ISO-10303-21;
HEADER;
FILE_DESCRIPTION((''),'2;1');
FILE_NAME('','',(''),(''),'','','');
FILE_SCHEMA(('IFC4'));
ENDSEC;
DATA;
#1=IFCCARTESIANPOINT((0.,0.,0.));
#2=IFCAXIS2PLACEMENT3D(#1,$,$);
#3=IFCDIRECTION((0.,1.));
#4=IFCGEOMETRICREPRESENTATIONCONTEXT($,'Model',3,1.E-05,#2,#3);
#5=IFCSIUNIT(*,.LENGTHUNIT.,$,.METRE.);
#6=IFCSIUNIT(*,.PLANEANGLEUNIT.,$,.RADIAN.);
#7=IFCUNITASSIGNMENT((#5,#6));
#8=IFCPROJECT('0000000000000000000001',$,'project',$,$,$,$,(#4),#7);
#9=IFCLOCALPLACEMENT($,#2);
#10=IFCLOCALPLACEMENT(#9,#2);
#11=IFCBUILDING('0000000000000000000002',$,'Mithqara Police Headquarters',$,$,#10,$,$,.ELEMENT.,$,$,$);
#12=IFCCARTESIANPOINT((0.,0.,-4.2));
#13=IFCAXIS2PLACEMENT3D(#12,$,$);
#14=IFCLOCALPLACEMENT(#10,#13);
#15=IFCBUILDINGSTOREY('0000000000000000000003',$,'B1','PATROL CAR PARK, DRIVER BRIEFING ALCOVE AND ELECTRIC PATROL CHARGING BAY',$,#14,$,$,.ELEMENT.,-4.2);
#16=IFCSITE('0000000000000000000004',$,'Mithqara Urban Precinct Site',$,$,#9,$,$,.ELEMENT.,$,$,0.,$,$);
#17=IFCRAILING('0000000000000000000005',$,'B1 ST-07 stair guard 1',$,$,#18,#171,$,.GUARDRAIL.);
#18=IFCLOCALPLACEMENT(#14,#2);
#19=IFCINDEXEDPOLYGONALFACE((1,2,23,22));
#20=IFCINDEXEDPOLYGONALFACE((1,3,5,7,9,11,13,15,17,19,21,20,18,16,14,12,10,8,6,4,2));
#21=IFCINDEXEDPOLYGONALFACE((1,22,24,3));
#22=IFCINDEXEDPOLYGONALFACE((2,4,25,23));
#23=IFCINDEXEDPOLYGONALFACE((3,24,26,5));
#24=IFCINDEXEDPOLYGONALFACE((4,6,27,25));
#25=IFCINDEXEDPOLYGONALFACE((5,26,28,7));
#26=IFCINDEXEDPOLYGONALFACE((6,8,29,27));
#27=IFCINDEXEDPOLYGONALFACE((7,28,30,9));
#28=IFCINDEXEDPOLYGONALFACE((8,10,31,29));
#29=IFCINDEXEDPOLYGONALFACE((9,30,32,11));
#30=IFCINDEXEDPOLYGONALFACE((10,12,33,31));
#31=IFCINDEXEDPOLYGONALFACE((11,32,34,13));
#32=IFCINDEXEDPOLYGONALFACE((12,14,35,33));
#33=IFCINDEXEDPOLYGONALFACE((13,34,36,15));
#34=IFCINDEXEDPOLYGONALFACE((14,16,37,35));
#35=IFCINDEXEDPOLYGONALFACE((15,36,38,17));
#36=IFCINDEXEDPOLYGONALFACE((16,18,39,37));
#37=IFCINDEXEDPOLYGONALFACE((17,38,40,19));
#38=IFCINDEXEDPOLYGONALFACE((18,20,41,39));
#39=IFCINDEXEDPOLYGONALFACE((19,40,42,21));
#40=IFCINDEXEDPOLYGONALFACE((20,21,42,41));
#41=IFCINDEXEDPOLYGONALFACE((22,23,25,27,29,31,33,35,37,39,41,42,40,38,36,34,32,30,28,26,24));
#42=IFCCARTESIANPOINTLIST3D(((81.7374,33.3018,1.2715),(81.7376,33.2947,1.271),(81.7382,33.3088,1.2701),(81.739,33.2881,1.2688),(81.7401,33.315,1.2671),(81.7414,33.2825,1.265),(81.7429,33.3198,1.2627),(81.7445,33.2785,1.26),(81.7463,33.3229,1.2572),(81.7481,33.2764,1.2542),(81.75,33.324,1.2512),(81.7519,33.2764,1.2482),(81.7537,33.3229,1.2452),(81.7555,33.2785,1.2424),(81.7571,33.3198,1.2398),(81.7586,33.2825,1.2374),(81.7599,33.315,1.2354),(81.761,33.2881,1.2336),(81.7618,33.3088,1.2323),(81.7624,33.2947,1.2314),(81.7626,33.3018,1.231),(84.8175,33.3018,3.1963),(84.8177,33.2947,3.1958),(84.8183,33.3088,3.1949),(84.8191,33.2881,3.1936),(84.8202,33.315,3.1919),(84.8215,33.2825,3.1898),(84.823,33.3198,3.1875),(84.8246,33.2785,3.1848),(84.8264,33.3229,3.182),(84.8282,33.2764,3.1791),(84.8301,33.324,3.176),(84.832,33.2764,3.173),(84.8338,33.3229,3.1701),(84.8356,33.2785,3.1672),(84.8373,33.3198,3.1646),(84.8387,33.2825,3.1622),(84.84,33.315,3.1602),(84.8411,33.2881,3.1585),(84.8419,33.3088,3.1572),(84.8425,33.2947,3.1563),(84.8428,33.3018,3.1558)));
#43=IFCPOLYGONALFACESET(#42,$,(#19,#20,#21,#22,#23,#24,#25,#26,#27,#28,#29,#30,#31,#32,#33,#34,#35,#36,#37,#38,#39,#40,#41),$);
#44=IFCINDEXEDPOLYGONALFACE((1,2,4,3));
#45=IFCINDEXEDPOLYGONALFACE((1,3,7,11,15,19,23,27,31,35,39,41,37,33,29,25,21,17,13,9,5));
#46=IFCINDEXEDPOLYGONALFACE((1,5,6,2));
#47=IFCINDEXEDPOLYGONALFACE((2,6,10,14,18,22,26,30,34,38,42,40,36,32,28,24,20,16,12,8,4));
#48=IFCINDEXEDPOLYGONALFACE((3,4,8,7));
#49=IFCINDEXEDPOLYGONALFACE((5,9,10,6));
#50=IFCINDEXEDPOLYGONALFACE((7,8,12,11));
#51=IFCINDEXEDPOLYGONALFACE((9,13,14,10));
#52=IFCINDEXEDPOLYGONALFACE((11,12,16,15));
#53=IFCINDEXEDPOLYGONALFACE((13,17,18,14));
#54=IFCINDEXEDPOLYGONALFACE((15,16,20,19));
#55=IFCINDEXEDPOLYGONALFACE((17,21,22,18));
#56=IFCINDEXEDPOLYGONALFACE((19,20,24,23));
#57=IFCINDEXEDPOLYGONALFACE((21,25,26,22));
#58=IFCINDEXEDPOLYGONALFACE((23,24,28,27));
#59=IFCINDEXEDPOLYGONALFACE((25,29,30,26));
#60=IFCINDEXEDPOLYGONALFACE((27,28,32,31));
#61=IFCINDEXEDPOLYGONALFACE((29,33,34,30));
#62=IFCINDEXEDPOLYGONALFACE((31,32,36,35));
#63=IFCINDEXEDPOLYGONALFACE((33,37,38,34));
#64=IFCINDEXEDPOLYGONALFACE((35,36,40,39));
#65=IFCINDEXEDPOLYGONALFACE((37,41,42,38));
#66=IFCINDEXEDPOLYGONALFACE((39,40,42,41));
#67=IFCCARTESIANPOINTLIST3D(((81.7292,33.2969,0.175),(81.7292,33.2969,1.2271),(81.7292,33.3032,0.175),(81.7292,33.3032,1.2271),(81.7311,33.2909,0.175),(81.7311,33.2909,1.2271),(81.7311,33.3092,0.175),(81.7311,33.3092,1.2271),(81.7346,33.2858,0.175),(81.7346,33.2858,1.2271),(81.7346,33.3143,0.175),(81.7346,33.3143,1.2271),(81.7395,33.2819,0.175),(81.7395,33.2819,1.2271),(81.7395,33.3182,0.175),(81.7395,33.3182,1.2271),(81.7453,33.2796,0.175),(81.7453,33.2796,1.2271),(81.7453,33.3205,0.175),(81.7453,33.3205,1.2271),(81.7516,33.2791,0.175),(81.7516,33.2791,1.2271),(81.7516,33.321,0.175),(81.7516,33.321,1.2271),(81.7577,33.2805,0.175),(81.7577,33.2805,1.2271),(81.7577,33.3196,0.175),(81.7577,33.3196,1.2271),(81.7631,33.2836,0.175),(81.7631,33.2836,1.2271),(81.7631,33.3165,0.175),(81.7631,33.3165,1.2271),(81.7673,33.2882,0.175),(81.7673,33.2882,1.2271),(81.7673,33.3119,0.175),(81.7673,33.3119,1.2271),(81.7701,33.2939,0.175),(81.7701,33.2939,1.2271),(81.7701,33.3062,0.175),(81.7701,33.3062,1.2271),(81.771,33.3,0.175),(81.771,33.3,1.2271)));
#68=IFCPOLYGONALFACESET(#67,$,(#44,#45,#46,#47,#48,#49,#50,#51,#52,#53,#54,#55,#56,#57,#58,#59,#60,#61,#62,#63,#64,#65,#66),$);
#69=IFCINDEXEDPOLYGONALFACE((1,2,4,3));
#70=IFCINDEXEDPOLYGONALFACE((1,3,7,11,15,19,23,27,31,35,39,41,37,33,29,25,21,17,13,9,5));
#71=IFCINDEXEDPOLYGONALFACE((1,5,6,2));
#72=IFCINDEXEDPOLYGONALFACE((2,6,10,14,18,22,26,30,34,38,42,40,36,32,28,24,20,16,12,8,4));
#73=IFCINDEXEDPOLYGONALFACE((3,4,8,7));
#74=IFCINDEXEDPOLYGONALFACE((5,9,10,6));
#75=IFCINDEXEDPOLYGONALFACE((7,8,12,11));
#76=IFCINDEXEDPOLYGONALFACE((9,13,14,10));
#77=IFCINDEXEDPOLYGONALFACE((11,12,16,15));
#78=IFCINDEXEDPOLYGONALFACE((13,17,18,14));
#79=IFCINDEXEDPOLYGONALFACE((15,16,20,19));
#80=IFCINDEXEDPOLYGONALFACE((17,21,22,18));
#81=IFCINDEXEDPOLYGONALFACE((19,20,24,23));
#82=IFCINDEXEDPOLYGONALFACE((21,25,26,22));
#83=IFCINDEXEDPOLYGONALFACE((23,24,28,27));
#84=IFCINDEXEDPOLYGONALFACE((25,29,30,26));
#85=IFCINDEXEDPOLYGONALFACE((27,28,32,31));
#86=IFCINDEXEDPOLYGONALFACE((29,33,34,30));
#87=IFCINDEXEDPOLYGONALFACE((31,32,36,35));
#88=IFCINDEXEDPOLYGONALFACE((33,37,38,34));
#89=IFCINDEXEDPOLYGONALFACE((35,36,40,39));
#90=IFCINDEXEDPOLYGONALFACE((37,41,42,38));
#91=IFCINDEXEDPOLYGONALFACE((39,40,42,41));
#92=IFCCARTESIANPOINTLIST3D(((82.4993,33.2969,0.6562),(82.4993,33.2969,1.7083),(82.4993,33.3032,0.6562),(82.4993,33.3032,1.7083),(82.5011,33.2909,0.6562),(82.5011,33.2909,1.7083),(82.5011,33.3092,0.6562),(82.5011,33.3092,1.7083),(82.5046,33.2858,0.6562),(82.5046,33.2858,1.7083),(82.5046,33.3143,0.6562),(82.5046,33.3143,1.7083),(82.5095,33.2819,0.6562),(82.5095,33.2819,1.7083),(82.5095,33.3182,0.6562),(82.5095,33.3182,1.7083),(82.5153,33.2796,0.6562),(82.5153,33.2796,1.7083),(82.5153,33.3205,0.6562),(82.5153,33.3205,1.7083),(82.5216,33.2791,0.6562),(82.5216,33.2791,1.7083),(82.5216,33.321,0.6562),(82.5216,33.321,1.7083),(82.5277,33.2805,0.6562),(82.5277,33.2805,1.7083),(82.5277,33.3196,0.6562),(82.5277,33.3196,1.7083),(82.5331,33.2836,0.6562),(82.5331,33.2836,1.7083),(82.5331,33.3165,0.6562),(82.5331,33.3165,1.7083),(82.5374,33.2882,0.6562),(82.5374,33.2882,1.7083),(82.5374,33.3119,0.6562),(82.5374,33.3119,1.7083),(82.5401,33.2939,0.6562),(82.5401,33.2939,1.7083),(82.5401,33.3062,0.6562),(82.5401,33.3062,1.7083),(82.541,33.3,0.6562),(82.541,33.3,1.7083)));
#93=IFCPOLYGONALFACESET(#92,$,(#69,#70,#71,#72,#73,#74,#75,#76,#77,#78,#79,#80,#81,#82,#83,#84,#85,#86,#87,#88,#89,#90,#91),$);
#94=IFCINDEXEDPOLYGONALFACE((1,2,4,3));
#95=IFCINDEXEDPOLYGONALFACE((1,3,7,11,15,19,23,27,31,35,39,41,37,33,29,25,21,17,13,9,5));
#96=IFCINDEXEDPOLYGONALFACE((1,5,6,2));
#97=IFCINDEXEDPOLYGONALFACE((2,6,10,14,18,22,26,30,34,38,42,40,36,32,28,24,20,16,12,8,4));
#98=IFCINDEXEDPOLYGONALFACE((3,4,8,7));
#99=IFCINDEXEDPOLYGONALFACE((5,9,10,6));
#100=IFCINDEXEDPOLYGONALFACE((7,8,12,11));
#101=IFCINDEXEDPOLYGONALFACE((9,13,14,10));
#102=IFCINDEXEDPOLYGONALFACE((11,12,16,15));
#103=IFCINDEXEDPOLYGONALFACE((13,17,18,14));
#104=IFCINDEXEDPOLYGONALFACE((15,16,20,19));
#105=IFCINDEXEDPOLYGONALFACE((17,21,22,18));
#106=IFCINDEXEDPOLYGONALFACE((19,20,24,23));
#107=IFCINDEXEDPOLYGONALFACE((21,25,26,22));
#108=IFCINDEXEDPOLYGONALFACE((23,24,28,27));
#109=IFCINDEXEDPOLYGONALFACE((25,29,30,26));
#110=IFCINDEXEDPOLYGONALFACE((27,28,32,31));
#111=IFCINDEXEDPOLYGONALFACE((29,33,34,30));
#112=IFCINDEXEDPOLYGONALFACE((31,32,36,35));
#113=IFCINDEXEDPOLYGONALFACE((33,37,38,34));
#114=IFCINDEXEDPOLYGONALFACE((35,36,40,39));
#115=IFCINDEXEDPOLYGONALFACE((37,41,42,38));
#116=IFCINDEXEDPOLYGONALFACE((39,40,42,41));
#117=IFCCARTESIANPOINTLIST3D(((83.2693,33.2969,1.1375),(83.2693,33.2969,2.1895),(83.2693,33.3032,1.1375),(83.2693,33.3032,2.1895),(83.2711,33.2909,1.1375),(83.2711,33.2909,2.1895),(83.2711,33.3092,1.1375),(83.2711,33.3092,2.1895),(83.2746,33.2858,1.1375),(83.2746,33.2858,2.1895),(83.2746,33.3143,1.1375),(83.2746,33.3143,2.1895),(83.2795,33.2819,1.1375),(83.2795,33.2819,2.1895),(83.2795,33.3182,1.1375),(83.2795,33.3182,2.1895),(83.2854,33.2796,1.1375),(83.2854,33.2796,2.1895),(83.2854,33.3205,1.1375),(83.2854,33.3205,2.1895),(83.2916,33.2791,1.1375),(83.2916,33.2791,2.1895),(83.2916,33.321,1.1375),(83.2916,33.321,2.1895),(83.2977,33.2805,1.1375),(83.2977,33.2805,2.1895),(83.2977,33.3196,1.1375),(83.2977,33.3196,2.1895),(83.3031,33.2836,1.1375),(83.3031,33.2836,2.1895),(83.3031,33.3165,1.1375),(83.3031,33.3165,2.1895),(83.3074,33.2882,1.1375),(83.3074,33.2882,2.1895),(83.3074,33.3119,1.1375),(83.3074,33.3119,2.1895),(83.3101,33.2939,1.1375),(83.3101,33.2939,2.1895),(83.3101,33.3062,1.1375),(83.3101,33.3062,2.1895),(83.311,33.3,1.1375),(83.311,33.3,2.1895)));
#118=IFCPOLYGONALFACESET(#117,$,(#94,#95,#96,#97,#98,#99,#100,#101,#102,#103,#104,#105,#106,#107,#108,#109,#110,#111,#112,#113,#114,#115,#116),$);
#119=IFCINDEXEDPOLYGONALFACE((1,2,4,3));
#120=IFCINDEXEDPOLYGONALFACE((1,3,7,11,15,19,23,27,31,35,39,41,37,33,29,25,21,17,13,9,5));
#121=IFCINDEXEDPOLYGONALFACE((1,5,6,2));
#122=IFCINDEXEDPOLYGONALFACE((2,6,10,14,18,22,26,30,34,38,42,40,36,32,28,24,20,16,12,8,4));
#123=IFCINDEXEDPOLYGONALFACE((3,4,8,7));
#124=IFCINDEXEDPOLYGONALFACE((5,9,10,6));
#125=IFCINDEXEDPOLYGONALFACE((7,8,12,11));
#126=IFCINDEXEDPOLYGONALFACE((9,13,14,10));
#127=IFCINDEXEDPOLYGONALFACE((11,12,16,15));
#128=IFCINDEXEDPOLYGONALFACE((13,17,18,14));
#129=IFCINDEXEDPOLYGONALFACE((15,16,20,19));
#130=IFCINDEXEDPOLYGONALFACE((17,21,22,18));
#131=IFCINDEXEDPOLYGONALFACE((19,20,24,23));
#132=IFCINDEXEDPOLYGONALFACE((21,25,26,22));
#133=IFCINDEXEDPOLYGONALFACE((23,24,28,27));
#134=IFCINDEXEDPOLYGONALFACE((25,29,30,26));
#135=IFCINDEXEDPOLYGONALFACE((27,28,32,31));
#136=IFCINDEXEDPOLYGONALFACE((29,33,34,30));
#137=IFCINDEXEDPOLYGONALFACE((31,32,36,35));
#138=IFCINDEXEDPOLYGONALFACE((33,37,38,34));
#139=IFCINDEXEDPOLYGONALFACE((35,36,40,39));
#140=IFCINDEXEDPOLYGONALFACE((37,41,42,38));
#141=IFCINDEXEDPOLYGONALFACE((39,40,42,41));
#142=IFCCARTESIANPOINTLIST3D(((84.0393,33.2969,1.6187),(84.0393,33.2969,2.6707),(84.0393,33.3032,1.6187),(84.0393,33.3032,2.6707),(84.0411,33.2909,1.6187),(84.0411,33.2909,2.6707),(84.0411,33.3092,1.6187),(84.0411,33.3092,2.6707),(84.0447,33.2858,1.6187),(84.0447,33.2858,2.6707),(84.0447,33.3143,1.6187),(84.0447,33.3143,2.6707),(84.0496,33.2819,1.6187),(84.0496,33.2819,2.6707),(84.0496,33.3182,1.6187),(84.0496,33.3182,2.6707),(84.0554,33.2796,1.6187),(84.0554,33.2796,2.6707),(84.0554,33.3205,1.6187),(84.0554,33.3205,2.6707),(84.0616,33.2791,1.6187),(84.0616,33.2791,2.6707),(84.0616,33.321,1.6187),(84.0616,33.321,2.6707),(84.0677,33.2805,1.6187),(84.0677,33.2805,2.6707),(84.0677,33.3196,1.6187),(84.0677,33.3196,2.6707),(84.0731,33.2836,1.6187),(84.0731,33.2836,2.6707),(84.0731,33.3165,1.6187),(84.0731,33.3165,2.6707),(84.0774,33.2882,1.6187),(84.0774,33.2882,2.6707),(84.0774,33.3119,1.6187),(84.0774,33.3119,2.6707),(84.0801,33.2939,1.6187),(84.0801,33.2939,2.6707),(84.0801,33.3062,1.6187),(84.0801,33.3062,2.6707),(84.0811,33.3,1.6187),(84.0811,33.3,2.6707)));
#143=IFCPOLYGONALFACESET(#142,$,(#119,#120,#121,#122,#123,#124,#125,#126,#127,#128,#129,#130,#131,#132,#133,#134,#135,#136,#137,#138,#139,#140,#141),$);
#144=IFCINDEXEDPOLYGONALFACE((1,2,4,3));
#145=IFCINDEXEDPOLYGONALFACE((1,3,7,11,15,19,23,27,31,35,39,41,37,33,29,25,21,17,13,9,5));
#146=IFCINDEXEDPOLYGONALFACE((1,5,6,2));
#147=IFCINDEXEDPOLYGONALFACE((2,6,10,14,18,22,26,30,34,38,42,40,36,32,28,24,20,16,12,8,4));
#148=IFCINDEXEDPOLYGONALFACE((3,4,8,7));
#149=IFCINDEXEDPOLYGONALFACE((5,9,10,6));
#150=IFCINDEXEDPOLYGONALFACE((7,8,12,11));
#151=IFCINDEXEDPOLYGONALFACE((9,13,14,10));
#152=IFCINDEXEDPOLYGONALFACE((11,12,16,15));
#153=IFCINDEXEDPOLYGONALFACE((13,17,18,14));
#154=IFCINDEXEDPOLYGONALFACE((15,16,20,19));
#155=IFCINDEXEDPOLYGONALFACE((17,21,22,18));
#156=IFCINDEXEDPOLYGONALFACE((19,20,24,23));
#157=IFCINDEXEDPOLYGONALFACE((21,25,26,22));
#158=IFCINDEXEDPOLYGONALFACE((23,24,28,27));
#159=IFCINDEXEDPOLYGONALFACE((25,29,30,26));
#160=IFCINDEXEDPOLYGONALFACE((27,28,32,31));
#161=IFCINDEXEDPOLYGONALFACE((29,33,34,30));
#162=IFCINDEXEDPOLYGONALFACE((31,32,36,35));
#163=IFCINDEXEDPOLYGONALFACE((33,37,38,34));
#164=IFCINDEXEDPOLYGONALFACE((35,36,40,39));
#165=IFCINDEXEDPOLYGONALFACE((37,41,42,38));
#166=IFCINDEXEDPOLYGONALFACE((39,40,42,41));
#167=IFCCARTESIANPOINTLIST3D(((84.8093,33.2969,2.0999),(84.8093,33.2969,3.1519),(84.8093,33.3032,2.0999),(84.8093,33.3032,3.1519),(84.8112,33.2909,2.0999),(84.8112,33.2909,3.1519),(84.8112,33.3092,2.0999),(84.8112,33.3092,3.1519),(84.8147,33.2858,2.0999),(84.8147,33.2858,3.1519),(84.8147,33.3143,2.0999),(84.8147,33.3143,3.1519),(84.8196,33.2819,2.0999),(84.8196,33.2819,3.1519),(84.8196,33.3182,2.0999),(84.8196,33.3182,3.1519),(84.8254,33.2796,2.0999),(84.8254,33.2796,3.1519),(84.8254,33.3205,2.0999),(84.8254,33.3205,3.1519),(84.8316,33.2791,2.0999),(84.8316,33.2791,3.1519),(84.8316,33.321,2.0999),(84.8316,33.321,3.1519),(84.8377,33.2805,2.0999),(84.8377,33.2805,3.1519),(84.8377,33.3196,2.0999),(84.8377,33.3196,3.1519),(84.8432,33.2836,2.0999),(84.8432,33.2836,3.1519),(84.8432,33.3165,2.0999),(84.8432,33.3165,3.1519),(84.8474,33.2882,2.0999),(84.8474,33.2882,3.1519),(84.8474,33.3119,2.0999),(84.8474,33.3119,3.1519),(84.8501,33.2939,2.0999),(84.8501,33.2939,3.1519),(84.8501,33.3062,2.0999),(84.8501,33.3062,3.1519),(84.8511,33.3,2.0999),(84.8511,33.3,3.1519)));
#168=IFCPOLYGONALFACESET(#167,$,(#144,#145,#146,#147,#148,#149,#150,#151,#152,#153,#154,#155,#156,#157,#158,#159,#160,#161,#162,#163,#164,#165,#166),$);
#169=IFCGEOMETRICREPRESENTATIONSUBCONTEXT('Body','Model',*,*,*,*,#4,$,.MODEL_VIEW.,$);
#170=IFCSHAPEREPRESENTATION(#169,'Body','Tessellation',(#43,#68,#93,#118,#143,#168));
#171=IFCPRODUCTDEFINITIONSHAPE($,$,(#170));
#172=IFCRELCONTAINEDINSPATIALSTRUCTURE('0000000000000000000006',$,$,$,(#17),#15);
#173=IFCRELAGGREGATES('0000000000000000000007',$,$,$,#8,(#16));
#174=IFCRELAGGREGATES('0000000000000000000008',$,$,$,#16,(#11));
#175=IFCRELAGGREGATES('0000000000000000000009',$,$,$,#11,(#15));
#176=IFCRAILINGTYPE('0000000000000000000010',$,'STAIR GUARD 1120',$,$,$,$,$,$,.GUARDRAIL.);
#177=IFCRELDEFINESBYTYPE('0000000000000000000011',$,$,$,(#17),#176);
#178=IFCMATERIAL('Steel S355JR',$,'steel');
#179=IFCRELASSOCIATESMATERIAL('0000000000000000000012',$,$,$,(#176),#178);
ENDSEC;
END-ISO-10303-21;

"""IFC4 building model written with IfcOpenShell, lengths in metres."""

from ifc_helpers import new_model, si_unit, direction, frame, origin, origin_2d, place, context, subcontext, project, spatial, circle, extrude, material, type_object, element, save


model = new_model("IFC4")

# Units and contexts
model_context = context("Model", 3, precision=1e-05, world=origin(), true_north=direction((0.0, 1.0)))
body_context = subcontext(model_context, "Body", "Model", "MODEL_VIEW")
ifc_project = project(units=[si_unit("LENGTHUNIT", "METRE"), si_unit("PLANEANGLEUNIT", "RADIAN")], contexts=[model_context])

# Site, building, storey
site_placement = place(None, origin())
site = spatial("IfcSite", under=ifc_project, at=site_placement, Name="Mithqara Urban Precinct Site", CompositionType="ELEMENT", RefElevation=0.0)
building_placement = place(site_placement, origin())
building = spatial("IfcBuilding", under=site, at=building_placement, Name="Mithqara Police Headquarters", CompositionType="ELEMENT")
storey_placement = place(building_placement, frame((0.0, 0.0, -4.2)))
storey = spatial("IfcBuildingStorey", under=building, at=storey_placement, Name="B1", Description="PATROL CAR PARK, DRIVER BRIEFING ALCOVE AND ELECTRIC PATROL CHARGING BAY", CompositionType="ELEMENT", Elevation=-4.2)

# Railing
ifc_material_1 = material(Name="Steel S355JR", Category="steel")
railing_type_1 = type_object("IfcRailingType", Name="STAIR GUARD 1120", PredefinedType="GUARDRAIL", material=ifc_material_1)
railing_1_placement = place(storey_placement, frame((81.75, 33.3, 0.175)))
element("IfcRailing", 1, at=railing_1_placement, inside=storey, type_object=railing_type_1, Name="B1 ST-07 stair guard 1", PredefinedType="GUARDRAIL", context=body_context, shape_type="SweptSolid", body=[
    extrude(circle(Radius=0.0239, at=origin_2d()), frame((0.0, 0.0, 1.0762), z_axis=(0.848029, 0.0, 0.529951), x_axis=(0.0, 1.0, 0.0)), (0.0, 0.0, 1.0), 3.6321),
    extrude(circle(Radius=0.021, at=origin_2d()), origin(), (0.0, 0.0, 1.0), 1.052),
    extrude(circle(Radius=0.021, at=origin_2d()), frame((0.77, 0.0, 0.4812)), (0.0, 0.0, 1.0), 1.052),
    extrude(circle(Radius=0.021, at=origin_2d()), frame((1.54, 0.0, 0.9624)), (0.0, 0.0, 1.0), 1.052),
    extrude(circle(Radius=0.021, at=origin_2d()), frame((2.3101, 0.0, 1.4436)), (0.0, 0.0, 1.0), 1.052),
    extrude(circle(Radius=0.021, at=origin_2d()), frame((3.0801, 0.0, 1.9248)), (0.0, 0.0, 1.0), 1.052),
])

save(model, "model.ifc")
